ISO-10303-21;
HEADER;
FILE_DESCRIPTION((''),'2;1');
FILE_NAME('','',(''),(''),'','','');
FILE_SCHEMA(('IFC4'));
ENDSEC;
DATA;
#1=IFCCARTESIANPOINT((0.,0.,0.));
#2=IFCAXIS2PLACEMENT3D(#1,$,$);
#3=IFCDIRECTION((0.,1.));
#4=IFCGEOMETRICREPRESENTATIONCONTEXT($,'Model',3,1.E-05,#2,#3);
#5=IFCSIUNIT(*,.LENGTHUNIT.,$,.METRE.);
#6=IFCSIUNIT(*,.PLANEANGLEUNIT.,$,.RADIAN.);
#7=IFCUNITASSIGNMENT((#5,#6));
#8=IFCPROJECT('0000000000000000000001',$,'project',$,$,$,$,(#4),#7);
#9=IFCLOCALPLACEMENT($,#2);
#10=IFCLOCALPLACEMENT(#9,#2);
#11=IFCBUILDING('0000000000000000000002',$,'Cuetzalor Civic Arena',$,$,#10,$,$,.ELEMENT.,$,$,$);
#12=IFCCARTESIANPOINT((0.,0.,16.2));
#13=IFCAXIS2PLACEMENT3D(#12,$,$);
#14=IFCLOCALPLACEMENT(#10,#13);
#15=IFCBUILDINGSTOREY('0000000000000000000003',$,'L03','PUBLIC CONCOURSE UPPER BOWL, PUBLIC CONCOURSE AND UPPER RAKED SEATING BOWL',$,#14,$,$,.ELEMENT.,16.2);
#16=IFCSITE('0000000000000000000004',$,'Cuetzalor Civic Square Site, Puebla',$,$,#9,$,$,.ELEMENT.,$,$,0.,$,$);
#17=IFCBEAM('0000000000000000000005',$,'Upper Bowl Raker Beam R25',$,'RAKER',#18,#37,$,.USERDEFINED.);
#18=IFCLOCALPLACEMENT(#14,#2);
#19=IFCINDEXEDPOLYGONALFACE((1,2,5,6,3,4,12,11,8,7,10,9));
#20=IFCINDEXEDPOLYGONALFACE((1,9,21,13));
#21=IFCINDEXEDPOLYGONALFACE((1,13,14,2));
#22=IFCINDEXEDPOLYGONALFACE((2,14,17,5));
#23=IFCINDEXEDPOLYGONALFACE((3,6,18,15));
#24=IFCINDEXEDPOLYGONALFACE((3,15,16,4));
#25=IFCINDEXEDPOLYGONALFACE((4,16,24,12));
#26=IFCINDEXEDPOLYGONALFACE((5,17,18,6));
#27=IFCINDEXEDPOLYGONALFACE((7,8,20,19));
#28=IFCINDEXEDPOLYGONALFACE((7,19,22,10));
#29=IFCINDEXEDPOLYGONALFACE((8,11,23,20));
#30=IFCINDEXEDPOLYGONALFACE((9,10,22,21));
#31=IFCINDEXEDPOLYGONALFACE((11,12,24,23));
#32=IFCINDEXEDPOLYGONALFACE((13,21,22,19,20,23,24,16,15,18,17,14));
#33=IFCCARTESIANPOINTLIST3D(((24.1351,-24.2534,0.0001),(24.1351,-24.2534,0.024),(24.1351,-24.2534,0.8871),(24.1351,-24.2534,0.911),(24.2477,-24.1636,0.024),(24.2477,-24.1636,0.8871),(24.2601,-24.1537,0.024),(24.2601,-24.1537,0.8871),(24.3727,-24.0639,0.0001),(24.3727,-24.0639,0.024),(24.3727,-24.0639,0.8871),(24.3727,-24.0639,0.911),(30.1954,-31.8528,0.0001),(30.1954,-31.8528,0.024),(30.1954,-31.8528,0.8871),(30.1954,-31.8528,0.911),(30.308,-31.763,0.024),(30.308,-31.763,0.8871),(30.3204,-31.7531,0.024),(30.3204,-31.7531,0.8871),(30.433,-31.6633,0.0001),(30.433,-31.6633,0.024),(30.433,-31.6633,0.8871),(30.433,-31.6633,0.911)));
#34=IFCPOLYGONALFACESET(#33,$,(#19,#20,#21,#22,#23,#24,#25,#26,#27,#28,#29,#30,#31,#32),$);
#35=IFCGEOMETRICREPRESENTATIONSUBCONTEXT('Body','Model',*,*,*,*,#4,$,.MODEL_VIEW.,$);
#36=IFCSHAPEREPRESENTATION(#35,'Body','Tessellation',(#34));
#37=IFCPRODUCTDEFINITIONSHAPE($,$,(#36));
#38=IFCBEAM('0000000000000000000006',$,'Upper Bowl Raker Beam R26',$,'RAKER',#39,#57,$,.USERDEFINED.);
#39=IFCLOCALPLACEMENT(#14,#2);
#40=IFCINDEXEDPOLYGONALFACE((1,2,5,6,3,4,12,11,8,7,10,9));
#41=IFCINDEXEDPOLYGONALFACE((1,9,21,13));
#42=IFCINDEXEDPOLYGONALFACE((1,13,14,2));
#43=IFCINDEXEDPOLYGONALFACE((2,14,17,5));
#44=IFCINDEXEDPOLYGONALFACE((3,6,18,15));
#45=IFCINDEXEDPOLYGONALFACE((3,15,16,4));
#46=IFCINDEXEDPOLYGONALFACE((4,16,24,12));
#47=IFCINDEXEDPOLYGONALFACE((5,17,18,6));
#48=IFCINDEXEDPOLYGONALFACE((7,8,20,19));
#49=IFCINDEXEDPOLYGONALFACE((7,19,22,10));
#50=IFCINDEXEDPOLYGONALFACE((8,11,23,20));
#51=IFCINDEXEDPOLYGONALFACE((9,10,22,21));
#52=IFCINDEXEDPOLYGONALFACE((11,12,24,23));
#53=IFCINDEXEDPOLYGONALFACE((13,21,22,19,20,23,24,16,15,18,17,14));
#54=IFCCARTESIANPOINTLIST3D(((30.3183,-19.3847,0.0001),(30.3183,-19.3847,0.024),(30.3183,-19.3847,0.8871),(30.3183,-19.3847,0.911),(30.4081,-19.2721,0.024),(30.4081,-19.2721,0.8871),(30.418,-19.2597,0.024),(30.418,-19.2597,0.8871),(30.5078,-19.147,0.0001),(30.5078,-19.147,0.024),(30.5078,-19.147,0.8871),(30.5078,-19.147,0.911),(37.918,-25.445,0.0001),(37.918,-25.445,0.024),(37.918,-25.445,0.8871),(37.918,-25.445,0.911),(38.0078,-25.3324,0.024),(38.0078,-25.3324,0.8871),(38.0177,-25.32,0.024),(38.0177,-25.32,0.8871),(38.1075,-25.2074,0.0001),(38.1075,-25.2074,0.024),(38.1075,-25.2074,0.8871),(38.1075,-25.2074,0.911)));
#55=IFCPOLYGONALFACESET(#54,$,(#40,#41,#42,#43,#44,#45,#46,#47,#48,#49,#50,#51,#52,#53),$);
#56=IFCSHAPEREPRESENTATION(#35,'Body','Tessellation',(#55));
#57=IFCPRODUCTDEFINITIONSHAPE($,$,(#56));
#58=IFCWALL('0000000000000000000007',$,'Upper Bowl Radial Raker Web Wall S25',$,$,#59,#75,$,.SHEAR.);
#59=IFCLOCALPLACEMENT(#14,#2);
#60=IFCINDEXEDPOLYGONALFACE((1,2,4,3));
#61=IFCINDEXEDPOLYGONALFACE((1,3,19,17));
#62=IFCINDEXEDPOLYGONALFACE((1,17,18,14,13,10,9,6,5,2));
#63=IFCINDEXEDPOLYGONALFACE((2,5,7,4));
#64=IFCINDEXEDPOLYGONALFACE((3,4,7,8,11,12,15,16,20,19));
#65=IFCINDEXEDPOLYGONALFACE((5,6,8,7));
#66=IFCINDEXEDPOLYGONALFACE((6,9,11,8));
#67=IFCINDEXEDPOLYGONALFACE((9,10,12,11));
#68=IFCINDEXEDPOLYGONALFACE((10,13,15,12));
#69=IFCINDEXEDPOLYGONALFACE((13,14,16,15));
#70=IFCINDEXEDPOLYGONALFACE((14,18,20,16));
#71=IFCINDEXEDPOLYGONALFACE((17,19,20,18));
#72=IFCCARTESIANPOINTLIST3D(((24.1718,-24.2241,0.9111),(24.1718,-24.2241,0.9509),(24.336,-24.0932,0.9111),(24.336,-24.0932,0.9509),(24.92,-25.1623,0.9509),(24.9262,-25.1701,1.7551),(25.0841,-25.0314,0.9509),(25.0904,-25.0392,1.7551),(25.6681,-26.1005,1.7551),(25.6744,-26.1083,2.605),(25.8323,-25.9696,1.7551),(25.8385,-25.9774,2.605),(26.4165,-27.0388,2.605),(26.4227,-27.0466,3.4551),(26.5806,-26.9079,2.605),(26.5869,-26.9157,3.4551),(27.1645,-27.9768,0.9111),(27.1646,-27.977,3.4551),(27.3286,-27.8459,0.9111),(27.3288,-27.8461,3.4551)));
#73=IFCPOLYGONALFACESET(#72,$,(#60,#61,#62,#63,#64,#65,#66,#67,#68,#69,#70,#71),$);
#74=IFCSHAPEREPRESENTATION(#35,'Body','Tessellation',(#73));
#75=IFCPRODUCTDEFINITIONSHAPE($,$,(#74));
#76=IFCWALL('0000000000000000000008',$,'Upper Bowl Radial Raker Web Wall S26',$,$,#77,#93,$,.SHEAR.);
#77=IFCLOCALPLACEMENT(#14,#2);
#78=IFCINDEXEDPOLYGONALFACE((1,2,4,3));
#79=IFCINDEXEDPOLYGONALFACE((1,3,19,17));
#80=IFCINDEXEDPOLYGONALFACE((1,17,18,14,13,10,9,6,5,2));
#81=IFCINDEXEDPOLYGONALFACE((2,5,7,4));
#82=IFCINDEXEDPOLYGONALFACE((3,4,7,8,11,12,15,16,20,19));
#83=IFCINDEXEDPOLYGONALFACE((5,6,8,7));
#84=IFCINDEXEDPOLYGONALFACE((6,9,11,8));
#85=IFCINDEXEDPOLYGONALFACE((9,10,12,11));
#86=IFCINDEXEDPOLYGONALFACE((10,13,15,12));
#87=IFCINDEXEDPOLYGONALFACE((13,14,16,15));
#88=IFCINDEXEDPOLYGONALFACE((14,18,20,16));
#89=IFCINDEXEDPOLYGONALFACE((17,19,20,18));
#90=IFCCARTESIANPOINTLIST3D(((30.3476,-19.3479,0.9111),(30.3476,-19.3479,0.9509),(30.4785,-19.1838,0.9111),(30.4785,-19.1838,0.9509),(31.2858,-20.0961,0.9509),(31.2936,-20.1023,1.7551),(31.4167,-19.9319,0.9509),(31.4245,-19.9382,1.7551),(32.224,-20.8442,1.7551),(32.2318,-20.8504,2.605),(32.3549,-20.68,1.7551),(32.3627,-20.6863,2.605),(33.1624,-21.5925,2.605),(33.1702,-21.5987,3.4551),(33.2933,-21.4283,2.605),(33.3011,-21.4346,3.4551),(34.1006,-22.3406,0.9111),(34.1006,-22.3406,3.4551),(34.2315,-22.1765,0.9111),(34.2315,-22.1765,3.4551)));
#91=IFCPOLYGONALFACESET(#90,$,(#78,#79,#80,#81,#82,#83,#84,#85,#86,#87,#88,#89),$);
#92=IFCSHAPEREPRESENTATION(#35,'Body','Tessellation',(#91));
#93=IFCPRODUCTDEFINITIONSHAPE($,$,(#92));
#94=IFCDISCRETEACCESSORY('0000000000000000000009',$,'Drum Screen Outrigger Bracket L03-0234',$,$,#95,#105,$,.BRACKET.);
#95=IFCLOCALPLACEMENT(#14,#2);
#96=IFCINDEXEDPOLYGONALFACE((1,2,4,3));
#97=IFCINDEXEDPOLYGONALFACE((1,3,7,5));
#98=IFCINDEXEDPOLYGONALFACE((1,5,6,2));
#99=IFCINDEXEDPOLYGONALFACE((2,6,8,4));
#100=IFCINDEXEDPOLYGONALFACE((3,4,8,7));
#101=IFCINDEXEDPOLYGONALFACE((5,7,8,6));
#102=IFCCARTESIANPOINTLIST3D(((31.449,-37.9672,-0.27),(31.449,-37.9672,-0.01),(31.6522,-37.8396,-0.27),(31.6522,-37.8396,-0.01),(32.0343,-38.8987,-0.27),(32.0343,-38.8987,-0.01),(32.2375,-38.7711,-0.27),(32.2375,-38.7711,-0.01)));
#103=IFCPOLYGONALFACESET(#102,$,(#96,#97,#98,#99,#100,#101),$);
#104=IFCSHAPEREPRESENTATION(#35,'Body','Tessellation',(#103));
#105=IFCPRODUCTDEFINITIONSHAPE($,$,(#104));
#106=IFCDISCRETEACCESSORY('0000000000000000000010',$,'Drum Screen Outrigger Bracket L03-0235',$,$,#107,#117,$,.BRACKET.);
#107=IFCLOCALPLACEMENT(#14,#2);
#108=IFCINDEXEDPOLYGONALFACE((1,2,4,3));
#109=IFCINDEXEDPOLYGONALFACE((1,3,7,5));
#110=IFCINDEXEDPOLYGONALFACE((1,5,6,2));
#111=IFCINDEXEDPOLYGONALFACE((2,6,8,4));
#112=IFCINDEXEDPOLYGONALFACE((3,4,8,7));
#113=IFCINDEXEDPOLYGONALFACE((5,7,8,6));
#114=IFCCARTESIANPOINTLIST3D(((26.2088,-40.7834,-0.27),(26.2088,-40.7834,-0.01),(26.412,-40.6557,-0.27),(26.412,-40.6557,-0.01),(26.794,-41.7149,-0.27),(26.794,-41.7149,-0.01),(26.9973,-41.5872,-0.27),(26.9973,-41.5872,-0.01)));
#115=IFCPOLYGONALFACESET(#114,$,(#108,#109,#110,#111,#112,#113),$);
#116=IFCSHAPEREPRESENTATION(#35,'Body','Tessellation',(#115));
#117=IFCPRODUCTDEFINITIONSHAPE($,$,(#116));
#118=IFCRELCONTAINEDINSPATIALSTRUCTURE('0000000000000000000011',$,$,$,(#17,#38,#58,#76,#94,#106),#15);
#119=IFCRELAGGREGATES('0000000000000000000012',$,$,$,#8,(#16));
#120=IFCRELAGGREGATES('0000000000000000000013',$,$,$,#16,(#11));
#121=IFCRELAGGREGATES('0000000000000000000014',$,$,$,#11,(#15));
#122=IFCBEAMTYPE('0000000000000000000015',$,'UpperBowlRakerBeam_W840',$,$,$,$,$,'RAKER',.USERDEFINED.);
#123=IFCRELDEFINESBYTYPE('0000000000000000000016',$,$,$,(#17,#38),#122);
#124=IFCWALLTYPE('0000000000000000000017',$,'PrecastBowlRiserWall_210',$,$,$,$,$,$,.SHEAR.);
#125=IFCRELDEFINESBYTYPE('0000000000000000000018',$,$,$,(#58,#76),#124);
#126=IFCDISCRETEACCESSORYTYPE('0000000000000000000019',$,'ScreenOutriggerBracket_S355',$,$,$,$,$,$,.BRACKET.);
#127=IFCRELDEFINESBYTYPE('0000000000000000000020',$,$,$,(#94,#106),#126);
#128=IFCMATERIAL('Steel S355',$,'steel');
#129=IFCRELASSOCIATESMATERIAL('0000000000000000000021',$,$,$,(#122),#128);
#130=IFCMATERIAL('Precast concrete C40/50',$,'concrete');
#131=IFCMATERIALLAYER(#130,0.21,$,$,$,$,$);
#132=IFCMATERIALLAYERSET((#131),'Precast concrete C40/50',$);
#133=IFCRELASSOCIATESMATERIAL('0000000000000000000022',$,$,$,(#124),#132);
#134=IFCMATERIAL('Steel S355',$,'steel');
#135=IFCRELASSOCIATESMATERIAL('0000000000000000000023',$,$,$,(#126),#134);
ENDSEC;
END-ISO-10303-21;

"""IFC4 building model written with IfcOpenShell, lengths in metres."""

from ifc_helpers import new_model, si_unit, direction, frame, origin, origin_2d, place, context, subcontext, project, spatial, polyline, rectangle, i_section, outline, extrude, material, layer, layer_set, material_profile, profile_set, type_object, element, save


model = new_model("IFC4")

# Units and contexts
model_context = context("Model", 3, precision=1e-05, world=origin(), true_north=direction((0.0, 1.0)))
body_context = subcontext(model_context, "Body", "Model", "MODEL_VIEW")
ifc_project = project(units=[si_unit("LENGTHUNIT", "METRE"), si_unit("PLANEANGLEUNIT", "RADIAN")], contexts=[model_context])

# Site, building, storey
site_placement = place(None, origin())
site = spatial("IfcSite", under=ifc_project, at=site_placement, Name="Cuetzalor Civic Square Site, Puebla", CompositionType="ELEMENT", RefElevation=0.0)
building_placement = place(site_placement, origin())
building = spatial("IfcBuilding", under=site, at=building_placement, Name="Cuetzalor Civic Arena", CompositionType="ELEMENT")
storey_placement = place(building_placement, frame((0.0, 0.0, 16.2)))
storey = spatial("IfcBuildingStorey", under=building, at=storey_placement, Name="L03", Description="PUBLIC CONCOURSE UPPER BOWL, PUBLIC CONCOURSE AND UPPER RAKED SEATING BOWL", CompositionType="ELEMENT", Elevation=16.2)

# Beams
ifc_material_1 = material(Name="Steel S355", Category="steel")
ifc_material_profile_1 = material_profile(ifc_material_1, i_section(OverallWidth=0.304, OverallDepth=0.9109, WebThickness=0.0159, FlangeThickness=0.0239, at=origin_2d()), Name="W920x223")
ifc_profile_set_1 = profile_set([ifc_material_profile_1], Name="Steel S355")
beam_type_1 = type_object("IfcBeamType", Name="UpperBowlRakerBeam_W840", ElementType="RAKER", PredefinedType="USERDEFINED", material=ifc_profile_set_1)
beam_1_placement = place(storey_placement, frame((24.2539, -24.1587, 0.4556), z_axis=(0.623491, -0.781831, 0.0), x_axis=(0.781831, 0.623491, 0.0)))
element("IfcBeam", 1, at=beam_1_placement, inside=storey, type_object=beam_type_1, Name="Upper Bowl Raker Beam R25", ObjectType="RAKER", PredefinedType="USERDEFINED", context=body_context, shape_type="SweptSolid", body=[
    extrude(i_section(OverallWidth=0.304, OverallDepth=0.9109, WebThickness=0.0159, FlangeThickness=0.0239, at=origin_2d()), origin(), (0.0, 0.0, 1.0), 9.72),
])
beam_2_placement = place(storey_placement, frame((30.4131, -19.2659, 0.4556), z_axis=(0.781841, -0.623478, 0.0), x_axis=(0.623478, 0.781841, 0.0)))
element("IfcBeam", 2, at=beam_2_placement, inside=storey, type_object=beam_type_1, Name="Upper Bowl Raker Beam R26", ObjectType="RAKER", PredefinedType="USERDEFINED", context=body_context, shape_type="SweptSolid", body=[
    extrude(i_section(OverallWidth=0.304, OverallDepth=0.9109, WebThickness=0.0159, FlangeThickness=0.0239, at=origin_2d()), origin(), (0.0, 0.0, 1.0), 9.7202),
])

# Walls
ifc_material_2 = material(Name="Precast concrete C40/50", Category="concrete")
ifc_layer = layer(ifc_material_2, 0.21)
ifc_layer_set = layer_set([ifc_layer], Name="Precast concrete C40/50")
wall_type = type_object("IfcWallType", Name="PrecastBowlRiserWall_210", PredefinedType="SHEAR", material=ifc_layer_set)
wall_1_placement = place(storey_placement, frame((24.2539, -24.1587, 0.9111), z_axis=(0.0, 0.0, 1.0), x_axis=(0.623491, -0.781831, 0.0)))
element("IfcWall", 3, at=wall_1_placement, inside=storey, type_object=wall_type, Name="Upper Bowl Radial Raker Web Wall S25", PredefinedType="SHEAR", context=body_context, shape_type="SweptSolid", body=[
    extrude(outline(polyline([(0.0, 0.0), (4.7998, 0.0), (4.8, 2.5439), (3.6101, 2.5439), (3.6001, 1.6938), (2.4099, 1.6938), (2.3999, 0.844), (1.21, 0.844), (1.2, 0.0398), (0.0, 0.0398), (0.0, 0.0)])), frame((0.0, 0.105, 0.0), z_axis=(0.0, -1.0, 0.0), x_axis=(1.0, 0.0, 0.0)), (0.0, 0.0, 1.0), 0.21),
])
wall_2_placement = place(storey_placement, frame((30.4131, -19.2659, 0.9111), z_axis=(0.0, 0.0, 1.0), x_axis=(0.78185, -0.623466, 0.0)))
element("IfcWall", 4, at=wall_2_placement, inside=storey, type_object=wall_type, Name="Upper Bowl Radial Raker Web Wall S26", PredefinedType="SHEAR", context=body_context, shape_type="SweptSolid", body=[
    extrude(outline(polyline([(0.0, 0.0), (4.8, 0.0), (4.8, 2.5439), (3.6101, 2.5439), (3.6001, 1.6938), (2.4099, 1.6938), (2.3999, 0.844), (1.21, 0.844), (1.2, 0.0398), (0.0, 0.0398), (0.0, 0.0)])), frame((0.0, 0.105, 0.0), z_axis=(0.0, -1.0, 0.0), x_axis=(1.0, 0.0, 0.0)), (0.0, 0.0, 1.0), 0.21),
])

# Discrete accessories
ifc_material_3 = material(Name="Steel S355", Category="steel")
discrete_accessory_type = type_object("IfcDiscreteAccessoryType", Name="ScreenOutriggerBracket_S355", PredefinedType="BRACKET", material=ifc_material_3)
for number, where, z_axis, x_axis, name in (
    (5, (31.8433, -38.3691, -0.27), (0.0, 0.0, 1.0), (0.53199, -0.846751, 0.0), "Drum Screen Outrigger Bracket L03-0234"),
    (6, (26.603, -41.1853, -0.27), (0.0, 0.0, 1.0), (0.53199, -0.846751, 0.0), "Drum Screen Outrigger Bracket L03-0235"),
):
    element("IfcDiscreteAccessory", number, at=place(storey_placement, frame(where, z_axis=z_axis, x_axis=x_axis)), inside=storey, type_object=discrete_accessory_type, Name=name, PredefinedType="BRACKET", context=body_context, shape_type="SweptSolid", body=[
        extrude(rectangle(XDim=1.1001, YDim=0.24, at=origin_2d()), origin(), (0.0, 0.0, 1.0), 0.26),
    ])

save(model, "model.ifc")
